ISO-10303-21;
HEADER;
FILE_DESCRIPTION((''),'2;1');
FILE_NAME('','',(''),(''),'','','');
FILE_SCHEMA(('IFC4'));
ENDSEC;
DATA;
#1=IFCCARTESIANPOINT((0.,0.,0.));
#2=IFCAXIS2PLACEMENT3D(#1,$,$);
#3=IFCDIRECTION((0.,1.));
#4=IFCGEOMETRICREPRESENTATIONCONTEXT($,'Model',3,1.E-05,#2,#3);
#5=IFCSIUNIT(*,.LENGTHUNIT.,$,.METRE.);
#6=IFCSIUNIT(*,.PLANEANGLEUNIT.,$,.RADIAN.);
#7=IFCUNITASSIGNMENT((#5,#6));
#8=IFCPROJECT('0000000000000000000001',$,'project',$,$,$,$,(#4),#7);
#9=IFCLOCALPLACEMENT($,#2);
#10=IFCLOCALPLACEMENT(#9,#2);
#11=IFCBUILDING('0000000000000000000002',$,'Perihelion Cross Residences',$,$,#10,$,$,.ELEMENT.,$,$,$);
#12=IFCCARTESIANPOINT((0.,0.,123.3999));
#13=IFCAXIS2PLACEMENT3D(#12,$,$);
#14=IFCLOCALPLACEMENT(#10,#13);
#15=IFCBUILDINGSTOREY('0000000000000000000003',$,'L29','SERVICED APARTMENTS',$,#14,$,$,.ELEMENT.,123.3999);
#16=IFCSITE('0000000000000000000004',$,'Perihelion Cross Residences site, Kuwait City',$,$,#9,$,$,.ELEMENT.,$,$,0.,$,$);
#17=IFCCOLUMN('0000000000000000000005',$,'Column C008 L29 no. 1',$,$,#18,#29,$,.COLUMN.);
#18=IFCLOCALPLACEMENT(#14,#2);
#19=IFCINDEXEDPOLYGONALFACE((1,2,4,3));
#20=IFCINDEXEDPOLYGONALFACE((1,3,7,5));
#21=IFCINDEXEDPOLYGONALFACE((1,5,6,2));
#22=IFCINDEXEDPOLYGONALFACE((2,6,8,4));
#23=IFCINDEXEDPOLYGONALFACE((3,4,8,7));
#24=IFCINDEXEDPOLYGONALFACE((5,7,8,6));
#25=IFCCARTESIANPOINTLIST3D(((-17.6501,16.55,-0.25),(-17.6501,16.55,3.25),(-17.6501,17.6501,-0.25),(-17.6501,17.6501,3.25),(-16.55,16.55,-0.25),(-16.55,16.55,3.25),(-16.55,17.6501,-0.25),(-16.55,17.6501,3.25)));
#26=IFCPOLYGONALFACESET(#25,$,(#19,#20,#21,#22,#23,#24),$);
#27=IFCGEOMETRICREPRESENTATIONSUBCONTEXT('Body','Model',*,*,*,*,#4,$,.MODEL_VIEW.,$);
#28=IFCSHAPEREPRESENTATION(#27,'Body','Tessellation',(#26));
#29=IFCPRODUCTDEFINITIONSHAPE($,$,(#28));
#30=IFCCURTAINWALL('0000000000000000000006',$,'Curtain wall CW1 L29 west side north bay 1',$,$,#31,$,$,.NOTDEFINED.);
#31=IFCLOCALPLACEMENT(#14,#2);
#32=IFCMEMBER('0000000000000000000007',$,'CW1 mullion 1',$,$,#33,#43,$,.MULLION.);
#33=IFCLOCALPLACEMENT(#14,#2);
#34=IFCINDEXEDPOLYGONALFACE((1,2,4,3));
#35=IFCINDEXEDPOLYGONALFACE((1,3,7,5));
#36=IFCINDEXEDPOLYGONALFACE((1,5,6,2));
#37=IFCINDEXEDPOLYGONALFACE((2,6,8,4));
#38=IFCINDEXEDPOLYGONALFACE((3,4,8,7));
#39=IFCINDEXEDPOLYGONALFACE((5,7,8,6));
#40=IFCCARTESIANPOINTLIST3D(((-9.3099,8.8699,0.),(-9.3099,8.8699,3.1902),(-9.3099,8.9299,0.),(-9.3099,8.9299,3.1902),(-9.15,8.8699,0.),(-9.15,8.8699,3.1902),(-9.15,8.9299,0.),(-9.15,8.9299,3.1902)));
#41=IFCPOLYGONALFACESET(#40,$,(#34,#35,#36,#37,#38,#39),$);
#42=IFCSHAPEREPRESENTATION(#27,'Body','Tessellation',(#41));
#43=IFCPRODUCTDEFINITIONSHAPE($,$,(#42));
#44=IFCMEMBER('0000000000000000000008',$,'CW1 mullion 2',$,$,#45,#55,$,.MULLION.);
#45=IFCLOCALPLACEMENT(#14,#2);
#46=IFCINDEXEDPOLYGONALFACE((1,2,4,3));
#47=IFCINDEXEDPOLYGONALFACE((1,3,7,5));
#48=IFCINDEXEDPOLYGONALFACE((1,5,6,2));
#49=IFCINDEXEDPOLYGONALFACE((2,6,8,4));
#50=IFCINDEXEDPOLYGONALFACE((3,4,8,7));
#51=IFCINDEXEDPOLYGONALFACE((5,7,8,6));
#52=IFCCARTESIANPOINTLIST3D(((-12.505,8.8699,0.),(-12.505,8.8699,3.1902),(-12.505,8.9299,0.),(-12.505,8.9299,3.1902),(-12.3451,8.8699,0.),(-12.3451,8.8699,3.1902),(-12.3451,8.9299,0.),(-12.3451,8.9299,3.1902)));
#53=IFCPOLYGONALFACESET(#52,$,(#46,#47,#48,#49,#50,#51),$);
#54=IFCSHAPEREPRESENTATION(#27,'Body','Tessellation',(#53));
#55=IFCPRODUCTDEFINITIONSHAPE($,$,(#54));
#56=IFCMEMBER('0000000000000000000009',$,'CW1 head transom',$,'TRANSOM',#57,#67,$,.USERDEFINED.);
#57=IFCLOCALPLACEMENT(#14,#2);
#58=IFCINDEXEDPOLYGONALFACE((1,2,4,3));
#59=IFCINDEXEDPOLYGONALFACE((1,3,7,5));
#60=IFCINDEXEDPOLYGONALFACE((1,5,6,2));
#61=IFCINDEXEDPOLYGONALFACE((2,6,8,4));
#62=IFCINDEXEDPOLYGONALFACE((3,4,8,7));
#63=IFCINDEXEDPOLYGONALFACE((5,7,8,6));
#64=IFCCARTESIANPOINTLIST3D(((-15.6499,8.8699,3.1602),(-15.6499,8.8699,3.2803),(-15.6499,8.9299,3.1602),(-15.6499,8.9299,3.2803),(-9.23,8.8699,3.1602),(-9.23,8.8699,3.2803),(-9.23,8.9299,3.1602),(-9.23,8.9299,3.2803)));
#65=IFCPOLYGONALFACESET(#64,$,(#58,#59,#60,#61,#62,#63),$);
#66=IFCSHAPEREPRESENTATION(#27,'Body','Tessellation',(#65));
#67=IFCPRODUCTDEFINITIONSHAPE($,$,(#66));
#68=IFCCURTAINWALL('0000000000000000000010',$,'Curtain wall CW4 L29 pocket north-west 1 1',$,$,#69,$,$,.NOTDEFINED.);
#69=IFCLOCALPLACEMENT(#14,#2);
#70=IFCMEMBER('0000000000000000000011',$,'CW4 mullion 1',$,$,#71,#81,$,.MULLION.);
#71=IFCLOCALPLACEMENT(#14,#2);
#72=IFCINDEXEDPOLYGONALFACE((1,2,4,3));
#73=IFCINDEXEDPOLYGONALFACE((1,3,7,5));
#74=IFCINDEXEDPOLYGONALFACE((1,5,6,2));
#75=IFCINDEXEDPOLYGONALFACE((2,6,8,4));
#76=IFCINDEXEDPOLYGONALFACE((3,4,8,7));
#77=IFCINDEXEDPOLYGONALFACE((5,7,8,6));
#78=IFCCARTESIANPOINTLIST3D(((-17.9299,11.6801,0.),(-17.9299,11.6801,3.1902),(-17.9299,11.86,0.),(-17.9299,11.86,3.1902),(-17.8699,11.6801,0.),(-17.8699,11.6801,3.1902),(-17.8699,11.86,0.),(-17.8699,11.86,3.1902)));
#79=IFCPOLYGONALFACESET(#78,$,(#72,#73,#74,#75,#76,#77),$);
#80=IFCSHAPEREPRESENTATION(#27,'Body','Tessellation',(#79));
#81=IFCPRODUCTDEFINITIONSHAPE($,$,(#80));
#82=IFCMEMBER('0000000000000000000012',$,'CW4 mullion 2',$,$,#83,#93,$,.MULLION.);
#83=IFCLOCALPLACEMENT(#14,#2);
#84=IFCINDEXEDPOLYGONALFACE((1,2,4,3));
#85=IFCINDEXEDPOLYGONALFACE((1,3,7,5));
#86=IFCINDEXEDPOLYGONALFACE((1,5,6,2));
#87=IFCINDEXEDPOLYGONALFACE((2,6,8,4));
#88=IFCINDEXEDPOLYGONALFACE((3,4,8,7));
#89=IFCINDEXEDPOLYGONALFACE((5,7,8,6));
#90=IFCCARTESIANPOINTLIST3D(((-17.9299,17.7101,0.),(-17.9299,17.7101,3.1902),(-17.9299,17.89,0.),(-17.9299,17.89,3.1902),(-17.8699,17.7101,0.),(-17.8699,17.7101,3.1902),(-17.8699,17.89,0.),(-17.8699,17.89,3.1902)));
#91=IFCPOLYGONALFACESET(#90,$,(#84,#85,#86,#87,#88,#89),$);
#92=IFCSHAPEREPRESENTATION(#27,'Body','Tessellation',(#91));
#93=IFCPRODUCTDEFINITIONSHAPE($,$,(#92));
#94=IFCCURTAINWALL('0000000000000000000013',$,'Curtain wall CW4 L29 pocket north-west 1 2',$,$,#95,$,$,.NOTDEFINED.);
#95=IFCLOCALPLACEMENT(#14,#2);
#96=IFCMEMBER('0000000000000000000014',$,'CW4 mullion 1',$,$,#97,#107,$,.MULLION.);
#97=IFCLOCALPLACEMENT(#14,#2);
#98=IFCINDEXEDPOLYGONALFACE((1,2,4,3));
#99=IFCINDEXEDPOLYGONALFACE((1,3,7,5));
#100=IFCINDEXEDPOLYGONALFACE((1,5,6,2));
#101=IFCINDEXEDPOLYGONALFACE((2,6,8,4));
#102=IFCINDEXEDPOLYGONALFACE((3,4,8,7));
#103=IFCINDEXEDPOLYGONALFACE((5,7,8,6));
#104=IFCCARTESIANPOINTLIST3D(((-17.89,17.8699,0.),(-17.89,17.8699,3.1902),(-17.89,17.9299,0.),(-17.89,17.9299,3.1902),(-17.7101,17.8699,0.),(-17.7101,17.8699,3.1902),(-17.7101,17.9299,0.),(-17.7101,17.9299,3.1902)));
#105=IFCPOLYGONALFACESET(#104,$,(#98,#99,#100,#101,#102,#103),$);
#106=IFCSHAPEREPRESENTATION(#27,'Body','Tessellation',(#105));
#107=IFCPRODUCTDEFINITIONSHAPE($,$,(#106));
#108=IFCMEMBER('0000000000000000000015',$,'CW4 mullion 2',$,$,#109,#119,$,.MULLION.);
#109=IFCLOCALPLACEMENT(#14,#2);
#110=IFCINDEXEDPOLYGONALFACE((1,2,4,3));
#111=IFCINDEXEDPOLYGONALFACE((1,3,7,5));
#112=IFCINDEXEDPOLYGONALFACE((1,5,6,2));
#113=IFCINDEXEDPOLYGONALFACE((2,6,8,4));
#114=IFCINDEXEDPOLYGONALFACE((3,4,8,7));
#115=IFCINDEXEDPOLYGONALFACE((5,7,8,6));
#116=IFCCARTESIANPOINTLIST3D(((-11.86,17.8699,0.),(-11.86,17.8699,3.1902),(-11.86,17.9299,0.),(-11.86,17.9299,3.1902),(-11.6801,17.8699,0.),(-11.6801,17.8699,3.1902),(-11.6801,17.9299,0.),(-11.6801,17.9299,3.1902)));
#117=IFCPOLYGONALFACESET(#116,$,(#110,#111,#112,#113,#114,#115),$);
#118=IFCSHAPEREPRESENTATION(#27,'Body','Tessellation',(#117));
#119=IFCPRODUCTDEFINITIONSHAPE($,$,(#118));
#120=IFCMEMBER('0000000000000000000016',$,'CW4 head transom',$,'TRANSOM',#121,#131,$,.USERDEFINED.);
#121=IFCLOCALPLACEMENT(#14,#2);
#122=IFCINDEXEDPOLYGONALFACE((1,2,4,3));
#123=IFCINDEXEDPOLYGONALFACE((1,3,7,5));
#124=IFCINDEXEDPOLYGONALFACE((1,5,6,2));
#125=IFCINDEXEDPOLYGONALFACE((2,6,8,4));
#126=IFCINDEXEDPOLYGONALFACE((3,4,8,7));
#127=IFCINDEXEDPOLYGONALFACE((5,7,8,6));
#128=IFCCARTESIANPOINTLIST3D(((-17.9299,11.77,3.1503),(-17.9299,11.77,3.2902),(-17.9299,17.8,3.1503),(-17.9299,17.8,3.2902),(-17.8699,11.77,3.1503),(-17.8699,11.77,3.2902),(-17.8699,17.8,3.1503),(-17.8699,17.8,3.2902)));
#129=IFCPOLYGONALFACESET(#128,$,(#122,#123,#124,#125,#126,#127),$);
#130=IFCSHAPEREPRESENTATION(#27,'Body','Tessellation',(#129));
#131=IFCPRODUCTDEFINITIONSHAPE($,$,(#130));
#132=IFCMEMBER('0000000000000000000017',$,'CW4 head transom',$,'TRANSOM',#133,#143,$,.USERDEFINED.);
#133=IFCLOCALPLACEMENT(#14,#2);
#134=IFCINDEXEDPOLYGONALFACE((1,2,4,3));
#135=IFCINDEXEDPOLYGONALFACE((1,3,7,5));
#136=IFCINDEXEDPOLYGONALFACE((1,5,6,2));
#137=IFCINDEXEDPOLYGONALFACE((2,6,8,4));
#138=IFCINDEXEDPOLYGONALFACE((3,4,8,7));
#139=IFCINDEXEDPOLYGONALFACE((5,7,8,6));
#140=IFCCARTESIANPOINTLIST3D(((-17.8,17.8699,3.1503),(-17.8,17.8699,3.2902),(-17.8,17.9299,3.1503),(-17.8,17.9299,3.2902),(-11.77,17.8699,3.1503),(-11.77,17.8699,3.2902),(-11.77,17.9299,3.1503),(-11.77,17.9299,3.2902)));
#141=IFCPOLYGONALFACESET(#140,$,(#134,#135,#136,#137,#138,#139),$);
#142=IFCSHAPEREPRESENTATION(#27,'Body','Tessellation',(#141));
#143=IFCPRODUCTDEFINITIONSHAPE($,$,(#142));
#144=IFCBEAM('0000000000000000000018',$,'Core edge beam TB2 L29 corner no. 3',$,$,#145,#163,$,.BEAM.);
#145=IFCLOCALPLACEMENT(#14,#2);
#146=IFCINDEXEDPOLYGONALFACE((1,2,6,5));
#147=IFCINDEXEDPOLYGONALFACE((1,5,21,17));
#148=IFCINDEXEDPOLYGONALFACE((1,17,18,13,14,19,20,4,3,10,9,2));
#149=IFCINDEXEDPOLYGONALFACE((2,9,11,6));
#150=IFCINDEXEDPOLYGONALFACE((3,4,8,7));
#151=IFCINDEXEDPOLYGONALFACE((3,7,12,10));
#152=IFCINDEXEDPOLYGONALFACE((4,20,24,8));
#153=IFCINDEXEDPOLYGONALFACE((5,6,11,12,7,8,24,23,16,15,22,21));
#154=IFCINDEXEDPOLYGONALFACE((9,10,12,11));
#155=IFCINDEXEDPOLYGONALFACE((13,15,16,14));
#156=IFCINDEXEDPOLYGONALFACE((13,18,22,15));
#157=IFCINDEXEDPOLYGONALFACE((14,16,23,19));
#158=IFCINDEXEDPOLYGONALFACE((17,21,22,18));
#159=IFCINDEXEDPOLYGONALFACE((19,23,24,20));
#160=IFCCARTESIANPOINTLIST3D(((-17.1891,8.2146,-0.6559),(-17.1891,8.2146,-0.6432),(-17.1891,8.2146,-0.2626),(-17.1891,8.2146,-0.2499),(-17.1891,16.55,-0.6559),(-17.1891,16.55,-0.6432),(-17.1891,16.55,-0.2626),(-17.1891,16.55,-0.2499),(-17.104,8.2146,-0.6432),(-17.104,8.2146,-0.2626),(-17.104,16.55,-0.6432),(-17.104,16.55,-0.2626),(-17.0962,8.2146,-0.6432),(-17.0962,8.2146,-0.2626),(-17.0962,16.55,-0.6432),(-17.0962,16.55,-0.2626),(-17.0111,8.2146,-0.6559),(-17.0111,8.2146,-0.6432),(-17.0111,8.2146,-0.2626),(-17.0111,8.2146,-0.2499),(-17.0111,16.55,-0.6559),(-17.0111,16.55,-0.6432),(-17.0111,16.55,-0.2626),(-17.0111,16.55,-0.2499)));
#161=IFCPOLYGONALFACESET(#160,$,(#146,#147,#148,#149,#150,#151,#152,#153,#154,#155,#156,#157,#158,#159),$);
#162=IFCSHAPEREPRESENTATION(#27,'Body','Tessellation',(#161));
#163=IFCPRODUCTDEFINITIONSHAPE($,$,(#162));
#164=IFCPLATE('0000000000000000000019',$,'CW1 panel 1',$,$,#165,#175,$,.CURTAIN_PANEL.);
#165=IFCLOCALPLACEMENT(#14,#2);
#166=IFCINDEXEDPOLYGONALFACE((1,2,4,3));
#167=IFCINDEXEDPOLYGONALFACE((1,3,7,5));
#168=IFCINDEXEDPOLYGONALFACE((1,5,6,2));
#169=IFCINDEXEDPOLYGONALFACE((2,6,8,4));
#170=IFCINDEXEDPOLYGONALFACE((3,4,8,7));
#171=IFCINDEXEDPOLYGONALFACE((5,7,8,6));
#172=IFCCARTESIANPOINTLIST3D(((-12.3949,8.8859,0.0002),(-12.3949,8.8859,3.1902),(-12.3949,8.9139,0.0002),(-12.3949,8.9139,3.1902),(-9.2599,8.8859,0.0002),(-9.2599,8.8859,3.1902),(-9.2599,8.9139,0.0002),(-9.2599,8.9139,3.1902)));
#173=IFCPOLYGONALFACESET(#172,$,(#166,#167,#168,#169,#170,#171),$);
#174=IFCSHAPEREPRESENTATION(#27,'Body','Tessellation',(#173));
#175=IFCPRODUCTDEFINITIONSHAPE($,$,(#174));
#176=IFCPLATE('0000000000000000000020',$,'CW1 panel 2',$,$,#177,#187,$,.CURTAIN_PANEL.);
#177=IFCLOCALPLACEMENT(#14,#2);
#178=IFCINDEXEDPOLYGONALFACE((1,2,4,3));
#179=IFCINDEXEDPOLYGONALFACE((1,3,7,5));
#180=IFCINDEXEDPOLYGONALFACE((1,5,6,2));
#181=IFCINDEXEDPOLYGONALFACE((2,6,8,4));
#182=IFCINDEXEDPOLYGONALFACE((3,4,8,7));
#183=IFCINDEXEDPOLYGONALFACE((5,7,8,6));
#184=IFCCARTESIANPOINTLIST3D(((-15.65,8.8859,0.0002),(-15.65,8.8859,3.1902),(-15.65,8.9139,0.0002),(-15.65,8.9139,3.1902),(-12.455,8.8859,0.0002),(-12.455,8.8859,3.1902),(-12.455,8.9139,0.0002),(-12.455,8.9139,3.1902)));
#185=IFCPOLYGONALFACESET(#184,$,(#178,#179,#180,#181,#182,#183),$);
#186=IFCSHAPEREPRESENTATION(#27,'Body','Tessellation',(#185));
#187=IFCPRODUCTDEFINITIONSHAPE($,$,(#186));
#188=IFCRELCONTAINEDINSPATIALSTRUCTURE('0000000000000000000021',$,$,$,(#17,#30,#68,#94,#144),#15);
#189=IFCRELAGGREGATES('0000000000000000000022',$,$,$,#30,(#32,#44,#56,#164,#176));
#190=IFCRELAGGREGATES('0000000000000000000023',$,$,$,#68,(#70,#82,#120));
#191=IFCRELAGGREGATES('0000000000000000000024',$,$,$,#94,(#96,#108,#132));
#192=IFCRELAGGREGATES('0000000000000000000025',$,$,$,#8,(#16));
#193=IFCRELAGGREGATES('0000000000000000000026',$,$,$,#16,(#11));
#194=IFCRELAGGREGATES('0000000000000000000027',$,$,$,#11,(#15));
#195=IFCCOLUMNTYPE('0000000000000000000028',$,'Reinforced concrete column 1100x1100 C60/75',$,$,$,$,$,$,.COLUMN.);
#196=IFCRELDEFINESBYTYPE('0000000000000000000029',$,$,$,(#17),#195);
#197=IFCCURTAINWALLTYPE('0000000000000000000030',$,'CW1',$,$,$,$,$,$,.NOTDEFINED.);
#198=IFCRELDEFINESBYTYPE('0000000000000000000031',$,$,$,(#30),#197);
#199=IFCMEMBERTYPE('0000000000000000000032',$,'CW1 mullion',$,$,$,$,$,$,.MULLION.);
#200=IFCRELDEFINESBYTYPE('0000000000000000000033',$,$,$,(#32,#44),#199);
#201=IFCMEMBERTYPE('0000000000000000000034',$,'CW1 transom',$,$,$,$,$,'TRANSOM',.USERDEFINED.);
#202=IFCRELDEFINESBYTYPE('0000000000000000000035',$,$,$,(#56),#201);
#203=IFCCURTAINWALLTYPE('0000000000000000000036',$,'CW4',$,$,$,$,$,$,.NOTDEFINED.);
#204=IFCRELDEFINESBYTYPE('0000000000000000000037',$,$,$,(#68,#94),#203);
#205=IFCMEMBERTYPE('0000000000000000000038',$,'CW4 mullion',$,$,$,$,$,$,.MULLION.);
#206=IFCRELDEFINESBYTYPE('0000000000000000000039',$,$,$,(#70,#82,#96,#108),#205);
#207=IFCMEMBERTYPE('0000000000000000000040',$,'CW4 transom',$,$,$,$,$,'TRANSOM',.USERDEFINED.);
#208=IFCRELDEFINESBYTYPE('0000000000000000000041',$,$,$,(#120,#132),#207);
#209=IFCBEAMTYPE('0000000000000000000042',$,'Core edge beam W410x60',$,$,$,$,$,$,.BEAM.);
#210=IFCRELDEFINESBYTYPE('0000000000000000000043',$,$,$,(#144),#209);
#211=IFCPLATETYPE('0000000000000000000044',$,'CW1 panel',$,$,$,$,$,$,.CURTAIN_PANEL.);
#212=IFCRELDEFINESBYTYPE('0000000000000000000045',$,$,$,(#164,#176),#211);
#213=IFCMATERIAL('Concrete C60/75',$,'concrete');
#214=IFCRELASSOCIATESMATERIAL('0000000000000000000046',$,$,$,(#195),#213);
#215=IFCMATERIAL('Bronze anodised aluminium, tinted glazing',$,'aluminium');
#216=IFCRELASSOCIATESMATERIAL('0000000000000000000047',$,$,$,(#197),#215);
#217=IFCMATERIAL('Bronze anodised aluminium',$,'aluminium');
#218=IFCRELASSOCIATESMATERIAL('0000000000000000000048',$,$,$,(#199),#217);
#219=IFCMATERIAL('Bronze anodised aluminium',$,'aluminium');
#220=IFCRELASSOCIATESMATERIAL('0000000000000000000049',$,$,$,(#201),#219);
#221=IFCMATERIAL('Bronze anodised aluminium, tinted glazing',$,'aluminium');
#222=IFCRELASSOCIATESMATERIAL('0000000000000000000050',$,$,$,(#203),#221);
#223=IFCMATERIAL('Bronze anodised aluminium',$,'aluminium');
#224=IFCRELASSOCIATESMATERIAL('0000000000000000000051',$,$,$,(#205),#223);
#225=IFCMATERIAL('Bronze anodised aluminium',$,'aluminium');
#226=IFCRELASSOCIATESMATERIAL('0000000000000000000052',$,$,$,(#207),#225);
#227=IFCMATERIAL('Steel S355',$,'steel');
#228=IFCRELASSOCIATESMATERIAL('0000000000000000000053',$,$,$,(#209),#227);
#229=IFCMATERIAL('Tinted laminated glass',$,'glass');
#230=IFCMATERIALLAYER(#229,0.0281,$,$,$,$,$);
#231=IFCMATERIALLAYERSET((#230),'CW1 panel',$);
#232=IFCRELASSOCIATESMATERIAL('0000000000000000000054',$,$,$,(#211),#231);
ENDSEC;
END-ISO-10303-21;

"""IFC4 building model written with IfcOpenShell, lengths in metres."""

from ifc_helpers import new_model, si_unit, direction, frame, origin, origin_2d, place, context, subcontext, project, spatial, rectangle, i_section, extrude, material, layer, layer_set, material_profile, profile_set, type_object, element, aggregate, save


model = new_model("IFC4")

# Units and contexts
model_context = context("Model", 3, precision=1e-05, world=origin(), true_north=direction((0.0, 1.0)))
body_context = subcontext(model_context, "Body", "Model", "MODEL_VIEW")
ifc_project = project(units=[si_unit("LENGTHUNIT", "METRE"), si_unit("PLANEANGLEUNIT", "RADIAN")], contexts=[model_context])

# Site, building, storey
site_placement = place(None, origin())
site = spatial("IfcSite", under=ifc_project, at=site_placement, Name="Perihelion Cross Residences site, Kuwait City", CompositionType="ELEMENT", RefElevation=0.0)
building_placement = place(site_placement, origin())
building = spatial("IfcBuilding", under=site, at=building_placement, Name="Perihelion Cross Residences", CompositionType="ELEMENT")
storey_placement = place(building_placement, frame((0.0, 0.0, 123.3999)))
storey = spatial("IfcBuildingStorey", under=building, at=storey_placement, Name="L29", Description="SERVICED APARTMENTS", CompositionType="ELEMENT", Elevation=123.3999)

# Column
ifc_material_1 = material(Name="Concrete C60/75", Category="concrete")
ifc_material_profile_1 = material_profile(ifc_material_1, rectangle(XDim=1.1001, YDim=1.1001, at=origin_2d()), Name="RC 1100x1100")
ifc_profile_set_1 = profile_set([ifc_material_profile_1], Name="Concrete C60/75")
column_type = type_object("IfcColumnType", Name="Reinforced concrete column 1100x1100 C60/75", PredefinedType="COLUMN", material=ifc_profile_set_1)
column_placement = place(storey_placement, frame((-17.1001, 17.1001, -0.25), z_axis=(0.0, 0.0, 1.0), x_axis=(1.0, 0.0, 0.0)))
element("IfcColumn", 1, at=column_placement, inside=storey, type_object=column_type, Name="Column C008 L29 no. 1", PredefinedType="COLUMN", context=body_context, shape_type="SweptSolid", body=[
    extrude(rectangle(XDim=1.1001, YDim=1.1001, at=origin_2d()), origin(), (0.0, 0.0, 1.0), 3.5),
])

# Curtain walls, members
ifc_material_2 = material(Name="Bronze anodised aluminium, tinted glazing", Category="aluminium")
curtain_wall_type_1 = type_object("IfcCurtainWallType", Name="CW1", PredefinedType="NOTDEFINED", material=ifc_material_2)
curtain_wall_1_placement = place(storey_placement, origin())
curtain_wall_1 = element("IfcCurtainWall", 2, at=curtain_wall_1_placement, inside=storey, type_object=curtain_wall_type_1, Name="Curtain wall CW1 L29 west side north bay 1", PredefinedType="NOTDEFINED")
ifc_material_3 = material(Name="Bronze anodised aluminium", Category="aluminium")
ifc_material_profile_2 = material_profile(ifc_material_3, rectangle(XDim=0.0601, YDim=0.1599, at=origin_2d()), Name="CW1 mullion")
ifc_profile_set_2 = profile_set([ifc_material_profile_2], Name="Bronze anodised aluminium")
member_type_1 = type_object("IfcMemberType", Name="CW1 mullion", PredefinedType="MULLION", material=ifc_profile_set_2)
member_1_placement = place(storey_placement, frame((-9.23, 8.8999, 0.0), z_axis=(0.0, 0.0, 1.0), x_axis=(0.0, -1.0, 0.0)))
member_1 = element("IfcMember", 3, at=member_1_placement, type_object=member_type_1, Name="CW1 mullion 1", PredefinedType="MULLION", context=body_context, shape_type="SweptSolid", body=[
    extrude(rectangle(XDim=0.0601, YDim=0.1599, at=origin_2d()), origin(), (0.0, 0.0, 1.0), 3.1902),
])
member_2_placement = place(storey_placement, frame((-12.425, 8.8999, 0.0), z_axis=(0.0, 0.0, 1.0), x_axis=(0.0, -1.0, 0.0)))
member_2 = element("IfcMember", 4, at=member_2_placement, type_object=member_type_1, Name="CW1 mullion 2", PredefinedType="MULLION", context=body_context, shape_type="SweptSolid", body=[
    extrude(rectangle(XDim=0.0601, YDim=0.1599, at=origin_2d()), origin(), (0.0, 0.0, 1.0), 3.1902),
])
ifc_material_4 = material(Name="Bronze anodised aluminium", Category="aluminium")
ifc_material_profile_3 = material_profile(ifc_material_4, rectangle(XDim=0.0601, YDim=0.1201, at=origin_2d()), Name="CW1 transom")
ifc_profile_set_3 = profile_set([ifc_material_profile_3], Name="Bronze anodised aluminium")
member_type_2 = type_object("IfcMemberType", Name="CW1 transom", ElementType="TRANSOM", PredefinedType="USERDEFINED", material=ifc_profile_set_3)
member_3_placement = place(storey_placement, frame((-9.23, 8.8999, 3.2202), z_axis=(-1.0, 0.0, 0.0), x_axis=(0.0, -1.0, 0.0)))
member_3 = element("IfcMember", 5, at=member_3_placement, type_object=member_type_2, Name="CW1 head transom", ObjectType="TRANSOM", PredefinedType="USERDEFINED", context=body_context, shape_type="SweptSolid", body=[
    extrude(rectangle(XDim=0.0601, YDim=0.1201, at=origin_2d()), origin(), (0.0, 0.0, 1.0), 6.4199),
])
ifc_material_5 = material(Name="Bronze anodised aluminium, tinted glazing", Category="aluminium")
curtain_wall_type_2 = type_object("IfcCurtainWallType", Name="CW4", PredefinedType="NOTDEFINED", material=ifc_material_5)
curtain_wall_2_placement = place(storey_placement, origin())
curtain_wall_2 = element("IfcCurtainWall", 6, at=curtain_wall_2_placement, inside=storey, type_object=curtain_wall_type_2, Name="Curtain wall CW4 L29 pocket north-west 1 1", PredefinedType="NOTDEFINED")
ifc_material_6 = material(Name="Bronze anodised aluminium", Category="aluminium")
ifc_material_profile_4 = material_profile(ifc_material_6, rectangle(XDim=0.0601, YDim=0.1799, at=origin_2d()), Name="CW4 mullion")
ifc_profile_set_4 = profile_set([ifc_material_profile_4], Name="Bronze anodised aluminium")
member_type_3 = type_object("IfcMemberType", Name="CW4 mullion", PredefinedType="MULLION", material=ifc_profile_set_4)
member_4_placement = place(storey_placement, frame((-17.8999, 11.77, 0.0), z_axis=(0.0, 0.0, 1.0), x_axis=(-1.0, 0.0, 0.0)))
member_4 = element("IfcMember", 7, at=member_4_placement, type_object=member_type_3, Name="CW4 mullion 1", PredefinedType="MULLION", context=body_context, shape_type="SweptSolid", body=[
    extrude(rectangle(XDim=0.0601, YDim=0.1799, at=origin_2d()), origin(), (0.0, 0.0, 1.0), 3.1902),
])
member_5_placement = place(storey_placement, frame((-17.8999, 17.8, 0.0), z_axis=(0.0, 0.0, 1.0), x_axis=(-1.0, 0.0, 0.0)))
member_5 = element("IfcMember", 8, at=member_5_placement, type_object=member_type_3, Name="CW4 mullion 2", PredefinedType="MULLION", context=body_context, shape_type="SweptSolid", body=[
    extrude(rectangle(XDim=0.0601, YDim=0.1799, at=origin_2d()), origin(), (0.0, 0.0, 1.0), 3.1902),
])
curtain_wall_3_placement = place(storey_placement, origin())
curtain_wall_3 = element("IfcCurtainWall", 9, at=curtain_wall_3_placement, inside=storey, type_object=curtain_wall_type_2, Name="Curtain wall CW4 L29 pocket north-west 1 2", PredefinedType="NOTDEFINED")
member_6_placement = place(storey_placement, frame((-17.8, 17.8999, 0.0), z_axis=(0.0, 0.0, 1.0), x_axis=(0.0, 1.0, 0.0)))
member_6 = element("IfcMember", 10, at=member_6_placement, type_object=member_type_3, Name="CW4 mullion 1", PredefinedType="MULLION", context=body_context, shape_type="SweptSolid", body=[
    extrude(rectangle(XDim=0.0601, YDim=0.1799, at=origin_2d()), origin(), (0.0, 0.0, 1.0), 3.1902),
])
member_7_placement = place(storey_placement, frame((-11.77, 17.8999, 0.0), z_axis=(0.0, 0.0, 1.0), x_axis=(0.0, 1.0, 0.0)))
member_7 = element("IfcMember", 11, at=member_7_placement, type_object=member_type_3, Name="CW4 mullion 2", PredefinedType="MULLION", context=body_context, shape_type="SweptSolid", body=[
    extrude(rectangle(XDim=0.0601, YDim=0.1799, at=origin_2d()), origin(), (0.0, 0.0, 1.0), 3.1902),
])

# Members
ifc_material_7 = material(Name="Bronze anodised aluminium", Category="aluminium")
ifc_material_profile_5 = material_profile(ifc_material_7, rectangle(XDim=0.0601, YDim=0.1399, at=origin_2d()), Name="CW4 transom")
ifc_profile_set_5 = profile_set([ifc_material_profile_5], Name="Bronze anodised aluminium")
member_type_4 = type_object("IfcMemberType", Name="CW4 transom", ElementType="TRANSOM", PredefinedType="USERDEFINED", material=ifc_profile_set_5)
member_8_placement = place(storey_placement, frame((-17.8999, 11.77, 3.2202), z_axis=(0.0, 1.0, 0.0), x_axis=(-1.0, 0.0, 0.0)))
member_8 = element("IfcMember", 12, at=member_8_placement, type_object=member_type_4, Name="CW4 head transom", ObjectType="TRANSOM", PredefinedType="USERDEFINED", context=body_context, shape_type="SweptSolid", body=[
    extrude(rectangle(XDim=0.0601, YDim=0.1399, at=origin_2d()), origin(), (0.0, 0.0, 1.0), 6.03),
])
member_9_placement = place(storey_placement, frame((-17.8, 17.8999, 3.2202), z_axis=(1.0, 0.0, 0.0), x_axis=(0.0, 1.0, 0.0)))
member_9 = element("IfcMember", 13, at=member_9_placement, type_object=member_type_4, Name="CW4 head transom", ObjectType="TRANSOM", PredefinedType="USERDEFINED", context=body_context, shape_type="SweptSolid", body=[
    extrude(rectangle(XDim=0.0601, YDim=0.1399, at=origin_2d()), origin(), (0.0, 0.0, 1.0), 6.03),
])

# Beam
ifc_material_8 = material(Name="Steel S355", Category="steel")
ifc_material_profile_6 = material_profile(ifc_material_8, i_section(OverallWidth=0.178, OverallDepth=0.406, WebThickness=0.0078, FlangeThickness=0.0127, at=origin_2d()), Name="W410x60")
ifc_profile_set_6 = profile_set([ifc_material_profile_6], Name="Steel S355")
beam_type = type_object("IfcBeamType", Name="Core edge beam W410x60", PredefinedType="BEAM", material=ifc_profile_set_6)
beam_placement = place(storey_placement, frame((-17.1001, 8.2146, -0.4529), z_axis=(0.0, 1.0, 0.0), x_axis=(-1.0, 0.0, 0.0)))
element("IfcBeam", 14, at=beam_placement, inside=storey, type_object=beam_type, Name="Core edge beam TB2 L29 corner no. 3", PredefinedType="BEAM", context=body_context, shape_type="SweptSolid", body=[
    extrude(i_section(OverallWidth=0.178, OverallDepth=0.406, WebThickness=0.0078, FlangeThickness=0.0127, at=origin_2d()), origin(), (0.0, 0.0, 1.0), 8.3354),
])

# Plates
ifc_material_9 = material(Name="Tinted laminated glass", Category="glass")
ifc_layer_1 = layer(ifc_material_9, 0.0281)
ifc_layer_set_1 = layer_set([ifc_layer_1], Name="CW1 panel")
plate_type_1 = type_object("IfcPlateType", Name="CW1 panel", PredefinedType="CURTAIN_PANEL", material=ifc_layer_set_1)
plate_1_placement = place(storey_placement, frame((-10.8274, 8.8999, 0.0002), z_axis=(0.0, 0.0, 1.0), x_axis=(-1.0, 0.0, 0.0)))
plate_1 = element("IfcPlate", 15, at=plate_1_placement, type_object=plate_type_1, Name="CW1 panel 1", PredefinedType="CURTAIN_PANEL", context=body_context, shape_type="SweptSolid", body=[
    extrude(rectangle(XDim=3.135, YDim=0.0281, at=origin_2d()), origin(), (0.0, 0.0, 1.0), 3.1899),
])
plate_2_placement = place(storey_placement, frame((-14.0525, 8.8999, 0.0002), z_axis=(0.0, 0.0, 1.0), x_axis=(-1.0, 0.0, 0.0)))
plate_2 = element("IfcPlate", 16, at=plate_2_placement, type_object=plate_type_1, Name="CW1 panel 2", PredefinedType="CURTAIN_PANEL", context=body_context, shape_type="SweptSolid", body=[
    extrude(rectangle(XDim=3.1951, YDim=0.0281, at=origin_2d()), origin(), (0.0, 0.0, 1.0), 3.1899),
])
aggregate(curtain_wall_1, [member_1, member_2, member_3, plate_1, plate_2])
aggregate(curtain_wall_2, [member_4, member_5, member_8])
aggregate(curtain_wall_3, [member_6, member_7, member_9])

save(model, "model.ifc")
